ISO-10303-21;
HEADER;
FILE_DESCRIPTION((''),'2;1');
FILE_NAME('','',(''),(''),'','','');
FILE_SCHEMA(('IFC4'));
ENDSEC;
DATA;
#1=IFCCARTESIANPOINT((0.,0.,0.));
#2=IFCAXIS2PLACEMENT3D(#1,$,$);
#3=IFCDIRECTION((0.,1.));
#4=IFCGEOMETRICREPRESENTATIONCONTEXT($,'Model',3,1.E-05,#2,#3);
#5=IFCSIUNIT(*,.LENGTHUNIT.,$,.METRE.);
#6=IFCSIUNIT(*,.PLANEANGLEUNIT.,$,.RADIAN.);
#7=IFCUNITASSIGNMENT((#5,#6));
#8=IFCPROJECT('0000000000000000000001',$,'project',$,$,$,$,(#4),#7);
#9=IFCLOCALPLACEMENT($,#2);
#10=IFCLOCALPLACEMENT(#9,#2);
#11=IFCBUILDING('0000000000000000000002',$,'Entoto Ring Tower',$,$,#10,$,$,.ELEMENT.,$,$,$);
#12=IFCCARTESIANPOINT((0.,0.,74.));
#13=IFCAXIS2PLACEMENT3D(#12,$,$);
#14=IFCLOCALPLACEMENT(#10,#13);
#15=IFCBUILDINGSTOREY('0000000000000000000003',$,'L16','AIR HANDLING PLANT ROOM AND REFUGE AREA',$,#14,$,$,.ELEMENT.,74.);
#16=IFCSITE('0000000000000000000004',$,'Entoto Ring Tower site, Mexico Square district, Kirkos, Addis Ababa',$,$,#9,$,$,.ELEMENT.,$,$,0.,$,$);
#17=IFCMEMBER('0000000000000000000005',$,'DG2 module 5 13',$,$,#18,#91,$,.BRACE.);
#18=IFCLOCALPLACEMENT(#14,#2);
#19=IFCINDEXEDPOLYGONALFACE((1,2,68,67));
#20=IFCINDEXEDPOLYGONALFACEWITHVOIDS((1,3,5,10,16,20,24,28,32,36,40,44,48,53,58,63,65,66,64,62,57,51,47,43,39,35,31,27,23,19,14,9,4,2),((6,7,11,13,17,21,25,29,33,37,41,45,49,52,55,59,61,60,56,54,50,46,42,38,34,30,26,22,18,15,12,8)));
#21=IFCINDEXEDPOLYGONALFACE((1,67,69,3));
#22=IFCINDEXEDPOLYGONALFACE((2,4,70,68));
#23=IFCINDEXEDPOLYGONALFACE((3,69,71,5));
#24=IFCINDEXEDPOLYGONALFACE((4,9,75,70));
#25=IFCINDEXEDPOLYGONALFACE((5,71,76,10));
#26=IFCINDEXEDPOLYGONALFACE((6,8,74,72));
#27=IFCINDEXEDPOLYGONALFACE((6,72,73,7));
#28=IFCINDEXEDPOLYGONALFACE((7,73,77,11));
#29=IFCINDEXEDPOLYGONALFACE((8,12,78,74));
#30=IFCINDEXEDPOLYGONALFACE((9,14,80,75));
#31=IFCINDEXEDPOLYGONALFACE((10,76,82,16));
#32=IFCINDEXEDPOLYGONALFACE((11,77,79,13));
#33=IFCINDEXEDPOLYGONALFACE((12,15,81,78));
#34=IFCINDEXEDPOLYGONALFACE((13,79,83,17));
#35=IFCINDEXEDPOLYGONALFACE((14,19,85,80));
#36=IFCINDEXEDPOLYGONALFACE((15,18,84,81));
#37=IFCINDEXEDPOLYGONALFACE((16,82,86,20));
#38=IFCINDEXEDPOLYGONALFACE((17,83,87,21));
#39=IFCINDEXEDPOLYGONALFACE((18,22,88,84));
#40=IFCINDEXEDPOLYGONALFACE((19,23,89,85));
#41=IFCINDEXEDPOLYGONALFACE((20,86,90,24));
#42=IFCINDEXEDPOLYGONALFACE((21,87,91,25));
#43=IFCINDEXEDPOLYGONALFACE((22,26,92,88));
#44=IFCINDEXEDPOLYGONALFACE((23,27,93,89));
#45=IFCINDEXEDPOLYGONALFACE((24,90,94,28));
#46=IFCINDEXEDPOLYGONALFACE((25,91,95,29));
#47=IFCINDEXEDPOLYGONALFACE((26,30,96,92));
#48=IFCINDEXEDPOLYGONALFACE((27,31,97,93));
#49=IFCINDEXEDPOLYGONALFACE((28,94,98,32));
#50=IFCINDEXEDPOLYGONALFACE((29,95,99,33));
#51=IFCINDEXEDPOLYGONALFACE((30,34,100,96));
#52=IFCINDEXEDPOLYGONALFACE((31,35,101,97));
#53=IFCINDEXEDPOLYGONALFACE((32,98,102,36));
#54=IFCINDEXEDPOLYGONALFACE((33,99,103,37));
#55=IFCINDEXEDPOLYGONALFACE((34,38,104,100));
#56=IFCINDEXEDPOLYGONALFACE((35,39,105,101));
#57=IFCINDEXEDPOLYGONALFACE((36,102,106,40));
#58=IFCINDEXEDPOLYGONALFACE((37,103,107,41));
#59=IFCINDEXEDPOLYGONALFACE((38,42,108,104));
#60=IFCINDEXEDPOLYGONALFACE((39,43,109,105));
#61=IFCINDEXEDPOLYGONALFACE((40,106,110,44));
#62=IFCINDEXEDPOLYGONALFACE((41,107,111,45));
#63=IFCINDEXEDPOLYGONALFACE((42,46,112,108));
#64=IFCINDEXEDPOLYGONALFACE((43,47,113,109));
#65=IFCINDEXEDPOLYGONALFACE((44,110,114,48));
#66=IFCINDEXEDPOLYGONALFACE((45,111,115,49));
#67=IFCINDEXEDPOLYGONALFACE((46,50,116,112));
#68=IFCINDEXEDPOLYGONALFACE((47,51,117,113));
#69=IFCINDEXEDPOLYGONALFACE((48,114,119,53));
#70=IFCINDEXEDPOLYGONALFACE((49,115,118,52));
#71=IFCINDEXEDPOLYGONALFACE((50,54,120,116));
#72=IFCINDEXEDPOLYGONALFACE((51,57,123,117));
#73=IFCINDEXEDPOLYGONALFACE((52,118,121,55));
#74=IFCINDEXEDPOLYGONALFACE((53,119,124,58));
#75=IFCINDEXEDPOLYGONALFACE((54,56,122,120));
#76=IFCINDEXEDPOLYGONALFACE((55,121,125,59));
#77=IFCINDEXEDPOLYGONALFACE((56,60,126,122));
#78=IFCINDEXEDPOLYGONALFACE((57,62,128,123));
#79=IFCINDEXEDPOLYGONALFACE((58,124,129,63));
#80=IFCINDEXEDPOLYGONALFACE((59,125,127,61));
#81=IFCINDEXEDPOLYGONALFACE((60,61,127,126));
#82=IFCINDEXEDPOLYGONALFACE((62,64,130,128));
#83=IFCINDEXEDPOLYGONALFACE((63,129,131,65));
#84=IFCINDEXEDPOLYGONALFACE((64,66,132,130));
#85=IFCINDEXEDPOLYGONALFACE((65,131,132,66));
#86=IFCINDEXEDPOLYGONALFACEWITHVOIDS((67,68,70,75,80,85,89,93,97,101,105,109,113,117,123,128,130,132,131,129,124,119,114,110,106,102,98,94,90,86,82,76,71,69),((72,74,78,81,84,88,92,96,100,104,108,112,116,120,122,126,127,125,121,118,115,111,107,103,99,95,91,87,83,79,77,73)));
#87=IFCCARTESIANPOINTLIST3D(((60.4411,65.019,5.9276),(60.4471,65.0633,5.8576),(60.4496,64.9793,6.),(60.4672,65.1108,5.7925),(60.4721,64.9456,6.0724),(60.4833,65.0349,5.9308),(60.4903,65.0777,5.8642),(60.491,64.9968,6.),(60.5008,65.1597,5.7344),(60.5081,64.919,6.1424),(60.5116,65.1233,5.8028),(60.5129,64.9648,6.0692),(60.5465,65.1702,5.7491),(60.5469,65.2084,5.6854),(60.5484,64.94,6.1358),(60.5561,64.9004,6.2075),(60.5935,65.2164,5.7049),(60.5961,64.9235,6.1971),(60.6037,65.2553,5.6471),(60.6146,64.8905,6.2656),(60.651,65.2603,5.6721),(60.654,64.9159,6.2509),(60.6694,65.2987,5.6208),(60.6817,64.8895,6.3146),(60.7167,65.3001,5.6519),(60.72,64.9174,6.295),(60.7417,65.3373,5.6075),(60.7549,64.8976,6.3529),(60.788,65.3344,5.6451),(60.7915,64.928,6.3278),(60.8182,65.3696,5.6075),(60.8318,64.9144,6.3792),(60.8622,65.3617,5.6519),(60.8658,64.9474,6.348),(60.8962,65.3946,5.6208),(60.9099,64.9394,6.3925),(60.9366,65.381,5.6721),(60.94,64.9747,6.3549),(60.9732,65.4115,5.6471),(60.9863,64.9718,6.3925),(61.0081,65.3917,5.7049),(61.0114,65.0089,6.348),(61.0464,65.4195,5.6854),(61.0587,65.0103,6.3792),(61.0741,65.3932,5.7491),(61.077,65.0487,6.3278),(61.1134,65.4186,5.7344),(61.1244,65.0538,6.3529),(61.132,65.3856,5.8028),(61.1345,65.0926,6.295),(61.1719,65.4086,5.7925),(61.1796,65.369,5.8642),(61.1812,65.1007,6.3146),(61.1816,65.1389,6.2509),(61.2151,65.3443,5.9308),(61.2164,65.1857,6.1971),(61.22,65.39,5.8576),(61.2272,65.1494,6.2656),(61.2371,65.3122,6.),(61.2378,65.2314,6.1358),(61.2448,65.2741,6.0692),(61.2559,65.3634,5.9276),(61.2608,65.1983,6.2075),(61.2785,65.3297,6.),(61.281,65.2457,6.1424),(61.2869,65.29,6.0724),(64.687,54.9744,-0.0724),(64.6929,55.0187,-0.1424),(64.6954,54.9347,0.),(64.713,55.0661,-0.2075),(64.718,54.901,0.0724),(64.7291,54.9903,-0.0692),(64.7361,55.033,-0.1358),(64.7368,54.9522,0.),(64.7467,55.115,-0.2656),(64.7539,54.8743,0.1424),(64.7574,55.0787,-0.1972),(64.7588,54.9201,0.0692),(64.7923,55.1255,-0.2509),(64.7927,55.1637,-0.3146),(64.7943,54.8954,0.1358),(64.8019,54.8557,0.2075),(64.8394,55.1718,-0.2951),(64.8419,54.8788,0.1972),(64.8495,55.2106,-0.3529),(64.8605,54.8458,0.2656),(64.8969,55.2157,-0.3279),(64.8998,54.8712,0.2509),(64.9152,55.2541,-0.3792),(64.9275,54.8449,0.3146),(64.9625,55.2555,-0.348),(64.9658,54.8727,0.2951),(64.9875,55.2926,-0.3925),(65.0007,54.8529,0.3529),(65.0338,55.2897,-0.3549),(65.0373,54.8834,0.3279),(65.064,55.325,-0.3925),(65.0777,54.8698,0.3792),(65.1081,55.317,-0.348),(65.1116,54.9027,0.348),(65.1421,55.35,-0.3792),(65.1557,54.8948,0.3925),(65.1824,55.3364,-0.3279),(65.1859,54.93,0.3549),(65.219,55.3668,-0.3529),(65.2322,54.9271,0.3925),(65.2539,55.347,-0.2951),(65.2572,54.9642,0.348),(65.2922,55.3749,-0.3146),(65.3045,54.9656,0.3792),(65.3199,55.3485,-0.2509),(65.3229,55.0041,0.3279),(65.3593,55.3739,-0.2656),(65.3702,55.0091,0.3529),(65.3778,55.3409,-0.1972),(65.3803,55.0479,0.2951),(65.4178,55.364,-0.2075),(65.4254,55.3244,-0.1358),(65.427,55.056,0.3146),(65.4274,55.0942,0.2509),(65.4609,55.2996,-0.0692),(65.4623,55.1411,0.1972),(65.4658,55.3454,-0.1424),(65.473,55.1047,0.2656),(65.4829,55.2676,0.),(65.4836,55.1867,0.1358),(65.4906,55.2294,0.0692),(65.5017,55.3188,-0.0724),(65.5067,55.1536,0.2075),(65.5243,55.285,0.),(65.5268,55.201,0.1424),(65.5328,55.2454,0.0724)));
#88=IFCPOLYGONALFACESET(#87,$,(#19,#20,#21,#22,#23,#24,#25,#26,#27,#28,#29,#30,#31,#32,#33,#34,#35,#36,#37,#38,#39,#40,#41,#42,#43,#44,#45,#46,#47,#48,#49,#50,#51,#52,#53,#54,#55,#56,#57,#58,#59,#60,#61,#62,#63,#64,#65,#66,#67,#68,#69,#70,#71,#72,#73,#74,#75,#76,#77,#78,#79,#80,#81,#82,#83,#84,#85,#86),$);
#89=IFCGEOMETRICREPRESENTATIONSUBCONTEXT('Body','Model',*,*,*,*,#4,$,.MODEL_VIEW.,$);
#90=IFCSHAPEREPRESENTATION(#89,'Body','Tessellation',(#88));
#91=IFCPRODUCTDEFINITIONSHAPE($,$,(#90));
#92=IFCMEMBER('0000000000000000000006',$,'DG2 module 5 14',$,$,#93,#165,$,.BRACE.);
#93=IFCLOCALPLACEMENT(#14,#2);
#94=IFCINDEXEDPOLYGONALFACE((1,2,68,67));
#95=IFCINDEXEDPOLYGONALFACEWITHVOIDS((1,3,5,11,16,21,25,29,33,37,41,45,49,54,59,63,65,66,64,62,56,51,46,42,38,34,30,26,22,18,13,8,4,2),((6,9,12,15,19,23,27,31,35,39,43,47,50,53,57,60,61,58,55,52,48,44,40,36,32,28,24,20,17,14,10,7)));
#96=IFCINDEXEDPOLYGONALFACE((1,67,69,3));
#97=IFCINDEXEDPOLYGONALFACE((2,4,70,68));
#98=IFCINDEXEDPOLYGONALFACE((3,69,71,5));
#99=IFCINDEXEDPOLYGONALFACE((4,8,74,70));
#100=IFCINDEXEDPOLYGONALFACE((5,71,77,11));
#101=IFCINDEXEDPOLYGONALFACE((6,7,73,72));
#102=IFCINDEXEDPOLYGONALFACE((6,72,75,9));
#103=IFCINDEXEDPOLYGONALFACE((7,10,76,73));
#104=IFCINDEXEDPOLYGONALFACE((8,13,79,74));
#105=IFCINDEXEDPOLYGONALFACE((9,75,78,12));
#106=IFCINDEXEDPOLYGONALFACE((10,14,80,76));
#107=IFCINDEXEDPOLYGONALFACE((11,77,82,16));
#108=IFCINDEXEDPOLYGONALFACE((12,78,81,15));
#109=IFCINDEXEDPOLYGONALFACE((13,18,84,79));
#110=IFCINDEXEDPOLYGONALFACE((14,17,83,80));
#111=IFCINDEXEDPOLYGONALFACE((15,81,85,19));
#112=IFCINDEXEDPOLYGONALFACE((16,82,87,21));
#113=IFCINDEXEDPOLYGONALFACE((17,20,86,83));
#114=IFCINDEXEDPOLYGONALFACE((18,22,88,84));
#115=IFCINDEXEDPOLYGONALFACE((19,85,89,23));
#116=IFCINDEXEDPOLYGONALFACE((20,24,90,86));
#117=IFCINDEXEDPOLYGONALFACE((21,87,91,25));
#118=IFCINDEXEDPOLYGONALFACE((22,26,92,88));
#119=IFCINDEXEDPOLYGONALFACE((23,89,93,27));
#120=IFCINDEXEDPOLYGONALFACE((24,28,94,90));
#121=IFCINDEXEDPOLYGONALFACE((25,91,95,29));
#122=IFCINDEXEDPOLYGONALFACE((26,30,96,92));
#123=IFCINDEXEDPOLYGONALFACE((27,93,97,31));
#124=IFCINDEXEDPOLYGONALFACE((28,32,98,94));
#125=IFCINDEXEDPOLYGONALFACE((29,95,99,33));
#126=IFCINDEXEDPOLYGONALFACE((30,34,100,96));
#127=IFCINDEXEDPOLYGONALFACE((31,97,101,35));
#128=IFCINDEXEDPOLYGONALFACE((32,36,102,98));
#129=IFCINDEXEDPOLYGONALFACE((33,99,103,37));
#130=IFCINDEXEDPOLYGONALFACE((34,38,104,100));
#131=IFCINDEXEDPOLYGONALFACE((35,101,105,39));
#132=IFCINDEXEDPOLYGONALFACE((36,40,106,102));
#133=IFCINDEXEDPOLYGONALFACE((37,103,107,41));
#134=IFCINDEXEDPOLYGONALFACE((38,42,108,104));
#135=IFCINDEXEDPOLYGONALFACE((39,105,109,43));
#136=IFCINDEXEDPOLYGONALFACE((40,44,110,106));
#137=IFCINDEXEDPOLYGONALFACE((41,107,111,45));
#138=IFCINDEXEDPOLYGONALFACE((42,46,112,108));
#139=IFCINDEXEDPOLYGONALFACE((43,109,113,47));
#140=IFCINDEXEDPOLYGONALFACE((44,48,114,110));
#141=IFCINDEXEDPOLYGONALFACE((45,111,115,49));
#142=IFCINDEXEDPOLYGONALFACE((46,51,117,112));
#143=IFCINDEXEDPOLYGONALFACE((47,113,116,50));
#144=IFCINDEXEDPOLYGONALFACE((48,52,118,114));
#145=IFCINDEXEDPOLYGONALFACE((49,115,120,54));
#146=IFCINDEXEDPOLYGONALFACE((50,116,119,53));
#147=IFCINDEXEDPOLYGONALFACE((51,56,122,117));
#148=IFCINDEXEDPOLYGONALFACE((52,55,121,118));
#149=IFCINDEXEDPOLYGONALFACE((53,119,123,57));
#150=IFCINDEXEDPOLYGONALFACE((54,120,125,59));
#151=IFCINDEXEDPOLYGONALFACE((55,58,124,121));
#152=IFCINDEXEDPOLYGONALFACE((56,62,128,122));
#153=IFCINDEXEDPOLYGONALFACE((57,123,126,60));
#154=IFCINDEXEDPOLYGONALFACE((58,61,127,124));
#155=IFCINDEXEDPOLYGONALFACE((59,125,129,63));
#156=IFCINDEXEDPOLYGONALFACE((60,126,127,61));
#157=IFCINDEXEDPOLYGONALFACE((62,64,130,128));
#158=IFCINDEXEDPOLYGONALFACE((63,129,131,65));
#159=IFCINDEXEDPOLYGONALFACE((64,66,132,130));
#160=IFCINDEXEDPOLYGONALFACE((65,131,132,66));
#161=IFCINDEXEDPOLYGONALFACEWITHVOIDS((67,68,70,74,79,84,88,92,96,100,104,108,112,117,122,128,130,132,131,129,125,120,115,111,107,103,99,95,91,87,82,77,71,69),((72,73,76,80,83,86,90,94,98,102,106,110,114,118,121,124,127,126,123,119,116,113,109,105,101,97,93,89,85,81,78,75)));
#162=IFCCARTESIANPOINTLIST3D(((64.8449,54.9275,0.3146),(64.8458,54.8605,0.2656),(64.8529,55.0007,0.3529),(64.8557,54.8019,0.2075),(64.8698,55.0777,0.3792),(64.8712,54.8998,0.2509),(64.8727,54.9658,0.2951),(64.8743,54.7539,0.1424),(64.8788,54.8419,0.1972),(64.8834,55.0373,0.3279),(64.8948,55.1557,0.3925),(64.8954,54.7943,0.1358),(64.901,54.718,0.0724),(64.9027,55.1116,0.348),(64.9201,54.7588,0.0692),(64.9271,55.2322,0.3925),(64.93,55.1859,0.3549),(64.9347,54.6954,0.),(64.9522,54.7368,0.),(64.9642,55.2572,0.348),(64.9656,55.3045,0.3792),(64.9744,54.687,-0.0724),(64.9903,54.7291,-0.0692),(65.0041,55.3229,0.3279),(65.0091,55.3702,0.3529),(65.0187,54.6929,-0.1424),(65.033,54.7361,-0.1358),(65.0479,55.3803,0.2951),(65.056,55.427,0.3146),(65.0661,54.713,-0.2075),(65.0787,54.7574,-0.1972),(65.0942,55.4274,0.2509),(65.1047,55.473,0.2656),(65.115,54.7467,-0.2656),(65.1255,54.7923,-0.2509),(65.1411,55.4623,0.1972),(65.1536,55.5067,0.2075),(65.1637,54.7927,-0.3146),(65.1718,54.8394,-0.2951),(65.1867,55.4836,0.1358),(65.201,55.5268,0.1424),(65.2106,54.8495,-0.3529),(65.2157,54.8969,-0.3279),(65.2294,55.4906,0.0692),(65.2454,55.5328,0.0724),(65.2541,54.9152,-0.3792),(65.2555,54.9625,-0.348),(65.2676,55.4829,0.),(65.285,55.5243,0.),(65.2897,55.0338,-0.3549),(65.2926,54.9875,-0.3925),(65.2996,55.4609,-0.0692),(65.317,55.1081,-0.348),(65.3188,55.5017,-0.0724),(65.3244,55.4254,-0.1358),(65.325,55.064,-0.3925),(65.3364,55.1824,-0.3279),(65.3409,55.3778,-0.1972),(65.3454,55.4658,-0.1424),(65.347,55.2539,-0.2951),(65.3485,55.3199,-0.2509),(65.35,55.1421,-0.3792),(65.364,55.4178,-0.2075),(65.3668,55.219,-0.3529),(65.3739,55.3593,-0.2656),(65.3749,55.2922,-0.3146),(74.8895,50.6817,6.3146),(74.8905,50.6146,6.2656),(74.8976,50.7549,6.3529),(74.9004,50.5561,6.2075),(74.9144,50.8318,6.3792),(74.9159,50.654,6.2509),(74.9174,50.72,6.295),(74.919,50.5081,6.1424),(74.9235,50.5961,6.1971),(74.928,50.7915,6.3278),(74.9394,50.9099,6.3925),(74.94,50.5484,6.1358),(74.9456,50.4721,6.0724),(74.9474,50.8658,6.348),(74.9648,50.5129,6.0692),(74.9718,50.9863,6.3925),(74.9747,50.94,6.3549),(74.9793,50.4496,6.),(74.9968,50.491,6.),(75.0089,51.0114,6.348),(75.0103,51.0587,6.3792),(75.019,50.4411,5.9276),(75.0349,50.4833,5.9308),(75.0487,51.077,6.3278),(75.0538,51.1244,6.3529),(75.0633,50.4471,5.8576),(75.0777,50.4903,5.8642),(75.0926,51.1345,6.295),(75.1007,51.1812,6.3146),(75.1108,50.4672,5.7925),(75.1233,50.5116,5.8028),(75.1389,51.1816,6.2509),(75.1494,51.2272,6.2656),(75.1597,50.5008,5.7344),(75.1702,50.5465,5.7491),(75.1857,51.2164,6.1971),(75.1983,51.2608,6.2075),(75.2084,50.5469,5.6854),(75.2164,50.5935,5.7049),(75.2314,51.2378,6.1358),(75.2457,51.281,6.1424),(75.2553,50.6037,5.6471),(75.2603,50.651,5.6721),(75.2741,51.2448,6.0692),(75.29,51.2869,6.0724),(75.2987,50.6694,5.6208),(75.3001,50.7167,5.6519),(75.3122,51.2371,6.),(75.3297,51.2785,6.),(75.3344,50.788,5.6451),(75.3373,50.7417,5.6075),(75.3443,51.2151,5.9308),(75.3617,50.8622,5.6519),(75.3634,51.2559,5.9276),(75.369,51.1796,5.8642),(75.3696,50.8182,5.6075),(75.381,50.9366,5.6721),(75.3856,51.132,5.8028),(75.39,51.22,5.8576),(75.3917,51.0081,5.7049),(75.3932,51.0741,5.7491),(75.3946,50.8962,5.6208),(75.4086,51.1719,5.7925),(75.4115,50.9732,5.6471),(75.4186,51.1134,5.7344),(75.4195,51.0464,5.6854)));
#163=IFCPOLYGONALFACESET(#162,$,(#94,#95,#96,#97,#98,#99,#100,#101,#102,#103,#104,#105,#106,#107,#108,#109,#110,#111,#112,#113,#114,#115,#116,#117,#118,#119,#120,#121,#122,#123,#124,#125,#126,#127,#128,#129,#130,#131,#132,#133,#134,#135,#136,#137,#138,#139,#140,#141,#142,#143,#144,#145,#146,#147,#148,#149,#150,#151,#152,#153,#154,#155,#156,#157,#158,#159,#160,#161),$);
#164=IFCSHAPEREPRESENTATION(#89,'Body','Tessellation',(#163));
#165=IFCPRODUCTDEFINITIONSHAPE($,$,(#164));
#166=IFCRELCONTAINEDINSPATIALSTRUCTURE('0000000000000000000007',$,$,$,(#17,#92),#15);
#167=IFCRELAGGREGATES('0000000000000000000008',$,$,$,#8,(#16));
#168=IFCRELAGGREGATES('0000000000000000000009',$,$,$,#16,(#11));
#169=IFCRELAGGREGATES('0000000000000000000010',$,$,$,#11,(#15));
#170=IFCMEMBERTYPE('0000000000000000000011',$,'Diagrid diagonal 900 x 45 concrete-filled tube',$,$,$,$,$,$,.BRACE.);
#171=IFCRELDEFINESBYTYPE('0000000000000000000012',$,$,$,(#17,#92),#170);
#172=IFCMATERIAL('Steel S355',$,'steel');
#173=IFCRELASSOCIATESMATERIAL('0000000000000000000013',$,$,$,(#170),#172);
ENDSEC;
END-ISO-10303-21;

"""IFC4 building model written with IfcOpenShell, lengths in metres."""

from ifc_helpers import new_model, si_unit, direction, frame, origin, origin_2d, place, context, subcontext, project, spatial, circle, hollow_circle, extrude, material, material_profile, profile_set, type_object, element, save


model = new_model("IFC4")

# Units and contexts
model_context = context("Model", 3, precision=1e-05, world=origin(), true_north=direction((0.0, 1.0)))
body_context = subcontext(model_context, "Body", "Model", "MODEL_VIEW")
ifc_project = project(units=[si_unit("LENGTHUNIT", "METRE"), si_unit("PLANEANGLEUNIT", "RADIAN")], contexts=[model_context])

# Site, building, storey
site_placement = place(None, origin())
site = spatial("IfcSite", under=ifc_project, at=site_placement, Name="Entoto Ring Tower site, Mexico Square district, Kirkos, Addis Ababa", CompositionType="ELEMENT", RefElevation=0.0)
building_placement = place(site_placement, origin())
building = spatial("IfcBuilding", under=site, at=building_placement, Name="Entoto Ring Tower", CompositionType="ELEMENT")
storey_placement = place(building_placement, frame((0.0, 0.0, 74.0)))
storey = spatial("IfcBuildingStorey", under=building, at=storey_placement, Name="L16", Description="AIR HANDLING PLANT ROOM AND REFUGE AREA", CompositionType="ELEMENT", Elevation=74.0)

# Members
ifc_material_1 = material(Name="Steel S355", Category="steel")
ifc_material_profile_1 = material_profile(ifc_material_1, hollow_circle(Radius=0.45, WallThickness=0.0449, at=origin_2d()), Name="CHS 900 x 45")
ifc_material_2 = material(Name="Concrete C60/75", Category="concrete")
ifc_material_profile_2 = material_profile(ifc_material_2, circle(Radius=0.405, at=origin_2d()), Name="Concrete C60/75 infill")
ifc_profile_set_1 = profile_set([ifc_material_profile_1, ifc_material_profile_2], Name="Steel S355")
member_type_1 = type_object("IfcMemberType", Name="Diagrid diagonal 900 x 45 concrete-filled tube", PredefinedType="BRACE", material=ifc_profile_set_1)
for number, where, z_axis, x_axis, name in (
    (1, (65.1099, 55.1099, 0.0), (-0.34112, 0.807009, 0.482052), (-0.921093, -0.389343, 0.0), "DG2 module 5 13"),
    (2, (65.1099, 55.1099, 0.0), (0.807009, -0.34112, 0.482052), (0.389343, 0.921093, 0.0), "DG2 module 5 14"),
):
    element("IfcMember", number, at=place(storey_placement, frame(where, z_axis=z_axis, x_axis=x_axis)), inside=storey, type_object=member_type_1, Name=name, PredefinedType="BRACE", context=body_context, shape_type="SweptSolid", body=[
        extrude(hollow_circle(Radius=0.45, WallThickness=0.0449, at=origin_2d()), origin(), (0.0, 0.0, 1.0), 12.4468),
    ])

save(model, "model.ifc")
